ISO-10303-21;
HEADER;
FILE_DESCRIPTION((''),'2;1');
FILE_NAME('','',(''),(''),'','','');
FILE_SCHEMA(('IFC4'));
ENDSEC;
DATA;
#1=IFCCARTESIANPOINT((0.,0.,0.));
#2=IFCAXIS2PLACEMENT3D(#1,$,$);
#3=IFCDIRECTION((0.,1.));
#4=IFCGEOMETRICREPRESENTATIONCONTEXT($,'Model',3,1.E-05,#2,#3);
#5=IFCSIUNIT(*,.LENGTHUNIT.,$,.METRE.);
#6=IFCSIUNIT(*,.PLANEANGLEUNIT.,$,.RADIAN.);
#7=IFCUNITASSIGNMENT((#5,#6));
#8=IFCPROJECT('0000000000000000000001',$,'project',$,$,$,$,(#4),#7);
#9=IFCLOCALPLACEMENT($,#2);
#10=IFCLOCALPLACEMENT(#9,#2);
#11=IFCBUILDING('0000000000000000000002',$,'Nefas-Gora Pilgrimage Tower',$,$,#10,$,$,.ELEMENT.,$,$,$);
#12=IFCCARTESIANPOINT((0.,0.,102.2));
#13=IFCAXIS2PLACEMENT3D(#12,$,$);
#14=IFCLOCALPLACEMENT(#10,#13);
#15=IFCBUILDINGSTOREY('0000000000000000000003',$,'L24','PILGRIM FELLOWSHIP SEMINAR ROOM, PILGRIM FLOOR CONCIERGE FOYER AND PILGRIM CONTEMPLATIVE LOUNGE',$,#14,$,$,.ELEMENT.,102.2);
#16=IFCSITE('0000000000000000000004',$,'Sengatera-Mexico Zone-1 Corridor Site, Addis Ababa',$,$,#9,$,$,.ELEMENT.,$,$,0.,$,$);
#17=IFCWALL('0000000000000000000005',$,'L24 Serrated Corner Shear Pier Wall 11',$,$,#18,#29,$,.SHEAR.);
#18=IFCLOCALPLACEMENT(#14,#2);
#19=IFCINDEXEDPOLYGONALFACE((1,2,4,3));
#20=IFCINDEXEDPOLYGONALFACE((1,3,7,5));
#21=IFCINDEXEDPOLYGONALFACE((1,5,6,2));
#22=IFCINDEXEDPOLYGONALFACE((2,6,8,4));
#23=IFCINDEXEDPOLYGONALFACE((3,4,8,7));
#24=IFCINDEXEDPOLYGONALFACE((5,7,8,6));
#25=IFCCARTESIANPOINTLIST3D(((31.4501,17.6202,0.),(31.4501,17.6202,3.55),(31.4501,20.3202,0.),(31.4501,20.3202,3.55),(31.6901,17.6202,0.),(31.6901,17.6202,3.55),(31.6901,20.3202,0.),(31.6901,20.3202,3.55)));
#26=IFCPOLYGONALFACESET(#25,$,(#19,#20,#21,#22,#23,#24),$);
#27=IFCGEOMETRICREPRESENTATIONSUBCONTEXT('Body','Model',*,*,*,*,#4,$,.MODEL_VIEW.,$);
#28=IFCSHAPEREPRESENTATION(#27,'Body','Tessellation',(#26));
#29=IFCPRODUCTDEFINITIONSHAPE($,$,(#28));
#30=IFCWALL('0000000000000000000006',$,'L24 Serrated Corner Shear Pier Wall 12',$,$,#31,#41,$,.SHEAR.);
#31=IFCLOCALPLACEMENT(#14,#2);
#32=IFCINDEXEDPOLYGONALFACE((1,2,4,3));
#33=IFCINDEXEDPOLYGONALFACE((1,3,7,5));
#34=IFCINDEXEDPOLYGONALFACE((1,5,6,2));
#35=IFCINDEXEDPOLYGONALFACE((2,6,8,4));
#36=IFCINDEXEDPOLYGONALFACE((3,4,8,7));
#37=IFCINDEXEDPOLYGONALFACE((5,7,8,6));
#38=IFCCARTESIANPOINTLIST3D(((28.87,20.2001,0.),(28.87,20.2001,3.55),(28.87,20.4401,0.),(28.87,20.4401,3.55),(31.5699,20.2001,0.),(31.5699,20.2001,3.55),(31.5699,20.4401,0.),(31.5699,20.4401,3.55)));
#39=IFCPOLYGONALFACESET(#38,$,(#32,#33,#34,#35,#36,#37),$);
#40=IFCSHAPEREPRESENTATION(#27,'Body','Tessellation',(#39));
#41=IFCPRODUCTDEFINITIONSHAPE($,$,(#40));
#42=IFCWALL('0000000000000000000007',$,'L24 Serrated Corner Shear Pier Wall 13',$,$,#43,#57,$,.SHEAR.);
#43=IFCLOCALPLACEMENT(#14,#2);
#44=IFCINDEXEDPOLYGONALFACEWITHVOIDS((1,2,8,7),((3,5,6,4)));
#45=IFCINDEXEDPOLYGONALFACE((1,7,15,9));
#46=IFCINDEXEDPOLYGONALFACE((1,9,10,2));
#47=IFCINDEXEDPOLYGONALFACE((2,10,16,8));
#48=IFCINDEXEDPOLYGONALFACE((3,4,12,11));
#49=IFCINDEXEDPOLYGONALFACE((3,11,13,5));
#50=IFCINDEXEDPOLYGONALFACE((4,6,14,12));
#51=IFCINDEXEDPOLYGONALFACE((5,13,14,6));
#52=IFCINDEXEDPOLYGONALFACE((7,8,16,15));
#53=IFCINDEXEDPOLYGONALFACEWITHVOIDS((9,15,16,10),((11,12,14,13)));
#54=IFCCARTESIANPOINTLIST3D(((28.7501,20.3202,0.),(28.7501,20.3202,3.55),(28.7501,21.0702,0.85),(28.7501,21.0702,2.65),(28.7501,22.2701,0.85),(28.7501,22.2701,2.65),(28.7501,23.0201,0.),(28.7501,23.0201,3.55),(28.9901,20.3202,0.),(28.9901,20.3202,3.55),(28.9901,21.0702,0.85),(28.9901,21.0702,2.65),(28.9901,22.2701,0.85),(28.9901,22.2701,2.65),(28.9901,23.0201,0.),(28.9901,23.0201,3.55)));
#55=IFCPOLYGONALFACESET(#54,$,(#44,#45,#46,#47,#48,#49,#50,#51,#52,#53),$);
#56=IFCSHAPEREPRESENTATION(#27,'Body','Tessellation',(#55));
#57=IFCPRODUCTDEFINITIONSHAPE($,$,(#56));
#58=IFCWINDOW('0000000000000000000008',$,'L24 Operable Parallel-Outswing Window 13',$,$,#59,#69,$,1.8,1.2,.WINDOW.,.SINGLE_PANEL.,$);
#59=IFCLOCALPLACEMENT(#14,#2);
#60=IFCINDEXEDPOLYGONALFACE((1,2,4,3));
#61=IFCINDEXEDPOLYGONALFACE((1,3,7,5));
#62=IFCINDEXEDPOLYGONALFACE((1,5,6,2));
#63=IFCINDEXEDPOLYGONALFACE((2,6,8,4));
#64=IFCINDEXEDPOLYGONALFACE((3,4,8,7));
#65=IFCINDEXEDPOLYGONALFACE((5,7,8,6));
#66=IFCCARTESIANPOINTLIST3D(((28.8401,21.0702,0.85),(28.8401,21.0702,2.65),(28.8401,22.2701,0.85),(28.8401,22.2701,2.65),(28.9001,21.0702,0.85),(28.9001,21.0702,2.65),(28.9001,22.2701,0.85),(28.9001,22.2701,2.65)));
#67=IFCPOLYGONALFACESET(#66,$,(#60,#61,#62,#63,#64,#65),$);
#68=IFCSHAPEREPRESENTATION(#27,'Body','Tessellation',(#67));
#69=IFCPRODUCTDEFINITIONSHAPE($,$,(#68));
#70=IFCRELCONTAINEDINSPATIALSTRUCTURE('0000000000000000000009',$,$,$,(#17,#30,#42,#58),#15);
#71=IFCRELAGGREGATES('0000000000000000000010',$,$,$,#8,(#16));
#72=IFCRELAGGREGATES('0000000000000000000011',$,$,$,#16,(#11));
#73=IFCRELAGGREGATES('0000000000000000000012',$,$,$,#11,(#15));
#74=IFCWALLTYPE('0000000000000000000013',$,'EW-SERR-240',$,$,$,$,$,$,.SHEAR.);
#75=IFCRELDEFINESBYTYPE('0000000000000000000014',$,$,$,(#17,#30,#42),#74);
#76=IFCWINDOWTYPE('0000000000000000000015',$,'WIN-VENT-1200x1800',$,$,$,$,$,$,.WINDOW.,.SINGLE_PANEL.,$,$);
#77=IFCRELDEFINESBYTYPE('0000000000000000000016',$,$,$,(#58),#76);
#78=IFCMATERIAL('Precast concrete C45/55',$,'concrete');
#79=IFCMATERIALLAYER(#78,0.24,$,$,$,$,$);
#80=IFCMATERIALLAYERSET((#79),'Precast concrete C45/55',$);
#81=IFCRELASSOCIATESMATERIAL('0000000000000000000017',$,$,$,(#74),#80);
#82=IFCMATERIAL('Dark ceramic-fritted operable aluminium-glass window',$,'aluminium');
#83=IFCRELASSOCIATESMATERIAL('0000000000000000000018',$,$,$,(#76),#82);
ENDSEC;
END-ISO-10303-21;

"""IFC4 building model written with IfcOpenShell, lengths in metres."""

from ifc_helpers import new_model, si_unit, direction, frame, frame_2d, origin, place, context, subcontext, project, spatial, rectangle, extrude, source, transform, mapped, material, layer, layer_set, type_object, element, fill, save


model = new_model("IFC4")

# Units and contexts
model_context = context("Model", 3, precision=1e-05, world=origin(), true_north=direction((0.0, 1.0)))
body_context = subcontext(model_context, "Body", "Model", "MODEL_VIEW")
ifc_project = project(units=[si_unit("LENGTHUNIT", "METRE"), si_unit("PLANEANGLEUNIT", "RADIAN")], contexts=[model_context])

# Site, building, storey
site_placement = place(None, origin())
site = spatial("IfcSite", under=ifc_project, at=site_placement, Name="Sengatera-Mexico Zone-1 Corridor Site, Addis Ababa", CompositionType="ELEMENT", RefElevation=0.0)
building_placement = place(site_placement, origin())
building = spatial("IfcBuilding", under=site, at=building_placement, Name="Nefas-Gora Pilgrimage Tower", CompositionType="ELEMENT")
storey_placement = place(building_placement, frame((0.0, 0.0, 102.2)))
storey = spatial("IfcBuildingStorey", under=building, at=storey_placement, Name="L24", Description="PILGRIM FELLOWSHIP SEMINAR ROOM, PILGRIM FLOOR CONCIERGE FOYER AND PILGRIM CONTEMPLATIVE LOUNGE", CompositionType="ELEMENT", Elevation=102.2)

# Walls
ifc_material_1 = material(Name="Precast concrete C45/55", Category="concrete")
ifc_layer_1 = layer(ifc_material_1, 0.24)
ifc_layer_set_1 = layer_set([ifc_layer_1], Name="Precast concrete C45/55")
wall_type = type_object("IfcWallType", Name="EW-SERR-240", PredefinedType="SHEAR", material=ifc_layer_set_1)
shared_shape_1 = source(origin(), body_context, "Body", "SweptSolid", [
    extrude(rectangle(XDim=2.7, YDim=0.24, at=frame_2d((1.3501, 0.0))), origin(), (0.0, 0.0, 1.0), 3.55),
])
for number, where, z_axis, x_axis, name in (
    (1, (31.5701, 17.6201, 0.0), (0.0, 0.0, 1.0), (0.0, 1.0, 0.0), "L24 Serrated Corner Shear Pier Wall 11"),
    (2, (31.5701, 20.3201, 0.0), (0.0, 0.0, 1.0), (-1.0, 0.0, 0.0), "L24 Serrated Corner Shear Pier Wall 12"),
):
    element("IfcWall", number, at=place(storey_placement, frame(where, z_axis=z_axis, x_axis=x_axis)), inside=storey, type_object=wall_type, Name=name, PredefinedType="SHEAR", context=body_context, shape_type="MappedRepresentation", body=[
        mapped(shared_shape_1, transform((0.0, 0.0, 0.0), x_axis=(1.0, 0.0, 0.0), y_axis=(0.0, 1.0, 0.0), z_axis=(0.0, 0.0, 1.0), scale=1.0)),
    ])

# Wall, opening, window
wall_placement = place(storey_placement, frame((28.8701, 20.3201, 0.0), z_axis=(0.0, 0.0, 1.0), x_axis=(0.0, 1.0, 0.0)))
wall = element("IfcWall", 3, at=wall_placement, inside=storey, type_object=wall_type, Name="L24 Serrated Corner Shear Pier Wall 13", PredefinedType="SHEAR", context=body_context, shape_type="MappedRepresentation", body=[
    mapped(shared_shape_1, transform((0.0, 0.0, 0.0), x_axis=(1.0, 0.0, 0.0), y_axis=(0.0, 1.0, 0.0), z_axis=(0.0, 0.0, 1.0), scale=1.0)),
])
opening_placement = place(wall_placement, frame((0.75, 0.0, 0.8501)))
opening = element("IfcOpeningElement", 4, at=opening_placement, cuts=wall, PredefinedType="OPENING", context=body_context, shape_type="SweptSolid", body=[
    extrude(rectangle(XDim=1.2, YDim=1.8, at=frame_2d((0.6001, 0.8999))), frame((0.0, 0.1299, 0.0), z_axis=(0.0, -1.0, 0.0), x_axis=(1.0, 0.0, 0.0)), (0.0, 0.0, 1.0), 0.26),
])
ifc_material_2 = material(Name="Dark ceramic-fritted operable aluminium-glass window", Category="aluminium")
window_type = type_object("IfcWindowType", Name="WIN-VENT-1200x1800", PartitioningType="SINGLE_PANEL", PredefinedType="WINDOW", material=ifc_material_2)
shared_shape_2 = source(origin(), body_context, "Body", "SweptSolid", [
    extrude(rectangle(XDim=1.2, YDim=1.8, at=frame_2d((0.6001, 0.8999))), frame((0.0, 0.03, 0.0), z_axis=(0.0, -1.0, 0.0), x_axis=(1.0, 0.0, 0.0)), (0.0, 0.0, 1.0), 0.0601),
])
window_placement = place(opening_placement, origin())
window = element("IfcWindow", 5, at=window_placement, inside=storey, type_object=window_type, Name="L24 Operable Parallel-Outswing Window 13", OverallHeight=1.8, OverallWidth=1.2, PartitioningType="SINGLE_PANEL", PredefinedType="WINDOW", context=body_context, shape_type="MappedRepresentation", body=[
    mapped(shared_shape_2, transform((0.0, 0.0, 0.0), x_axis=(1.0, 0.0, 0.0), y_axis=(0.0, 1.0, 0.0), z_axis=(0.0, 0.0, 1.0), scale=1.0)),
])
fill(opening, window)

save(model, "model.ifc")
